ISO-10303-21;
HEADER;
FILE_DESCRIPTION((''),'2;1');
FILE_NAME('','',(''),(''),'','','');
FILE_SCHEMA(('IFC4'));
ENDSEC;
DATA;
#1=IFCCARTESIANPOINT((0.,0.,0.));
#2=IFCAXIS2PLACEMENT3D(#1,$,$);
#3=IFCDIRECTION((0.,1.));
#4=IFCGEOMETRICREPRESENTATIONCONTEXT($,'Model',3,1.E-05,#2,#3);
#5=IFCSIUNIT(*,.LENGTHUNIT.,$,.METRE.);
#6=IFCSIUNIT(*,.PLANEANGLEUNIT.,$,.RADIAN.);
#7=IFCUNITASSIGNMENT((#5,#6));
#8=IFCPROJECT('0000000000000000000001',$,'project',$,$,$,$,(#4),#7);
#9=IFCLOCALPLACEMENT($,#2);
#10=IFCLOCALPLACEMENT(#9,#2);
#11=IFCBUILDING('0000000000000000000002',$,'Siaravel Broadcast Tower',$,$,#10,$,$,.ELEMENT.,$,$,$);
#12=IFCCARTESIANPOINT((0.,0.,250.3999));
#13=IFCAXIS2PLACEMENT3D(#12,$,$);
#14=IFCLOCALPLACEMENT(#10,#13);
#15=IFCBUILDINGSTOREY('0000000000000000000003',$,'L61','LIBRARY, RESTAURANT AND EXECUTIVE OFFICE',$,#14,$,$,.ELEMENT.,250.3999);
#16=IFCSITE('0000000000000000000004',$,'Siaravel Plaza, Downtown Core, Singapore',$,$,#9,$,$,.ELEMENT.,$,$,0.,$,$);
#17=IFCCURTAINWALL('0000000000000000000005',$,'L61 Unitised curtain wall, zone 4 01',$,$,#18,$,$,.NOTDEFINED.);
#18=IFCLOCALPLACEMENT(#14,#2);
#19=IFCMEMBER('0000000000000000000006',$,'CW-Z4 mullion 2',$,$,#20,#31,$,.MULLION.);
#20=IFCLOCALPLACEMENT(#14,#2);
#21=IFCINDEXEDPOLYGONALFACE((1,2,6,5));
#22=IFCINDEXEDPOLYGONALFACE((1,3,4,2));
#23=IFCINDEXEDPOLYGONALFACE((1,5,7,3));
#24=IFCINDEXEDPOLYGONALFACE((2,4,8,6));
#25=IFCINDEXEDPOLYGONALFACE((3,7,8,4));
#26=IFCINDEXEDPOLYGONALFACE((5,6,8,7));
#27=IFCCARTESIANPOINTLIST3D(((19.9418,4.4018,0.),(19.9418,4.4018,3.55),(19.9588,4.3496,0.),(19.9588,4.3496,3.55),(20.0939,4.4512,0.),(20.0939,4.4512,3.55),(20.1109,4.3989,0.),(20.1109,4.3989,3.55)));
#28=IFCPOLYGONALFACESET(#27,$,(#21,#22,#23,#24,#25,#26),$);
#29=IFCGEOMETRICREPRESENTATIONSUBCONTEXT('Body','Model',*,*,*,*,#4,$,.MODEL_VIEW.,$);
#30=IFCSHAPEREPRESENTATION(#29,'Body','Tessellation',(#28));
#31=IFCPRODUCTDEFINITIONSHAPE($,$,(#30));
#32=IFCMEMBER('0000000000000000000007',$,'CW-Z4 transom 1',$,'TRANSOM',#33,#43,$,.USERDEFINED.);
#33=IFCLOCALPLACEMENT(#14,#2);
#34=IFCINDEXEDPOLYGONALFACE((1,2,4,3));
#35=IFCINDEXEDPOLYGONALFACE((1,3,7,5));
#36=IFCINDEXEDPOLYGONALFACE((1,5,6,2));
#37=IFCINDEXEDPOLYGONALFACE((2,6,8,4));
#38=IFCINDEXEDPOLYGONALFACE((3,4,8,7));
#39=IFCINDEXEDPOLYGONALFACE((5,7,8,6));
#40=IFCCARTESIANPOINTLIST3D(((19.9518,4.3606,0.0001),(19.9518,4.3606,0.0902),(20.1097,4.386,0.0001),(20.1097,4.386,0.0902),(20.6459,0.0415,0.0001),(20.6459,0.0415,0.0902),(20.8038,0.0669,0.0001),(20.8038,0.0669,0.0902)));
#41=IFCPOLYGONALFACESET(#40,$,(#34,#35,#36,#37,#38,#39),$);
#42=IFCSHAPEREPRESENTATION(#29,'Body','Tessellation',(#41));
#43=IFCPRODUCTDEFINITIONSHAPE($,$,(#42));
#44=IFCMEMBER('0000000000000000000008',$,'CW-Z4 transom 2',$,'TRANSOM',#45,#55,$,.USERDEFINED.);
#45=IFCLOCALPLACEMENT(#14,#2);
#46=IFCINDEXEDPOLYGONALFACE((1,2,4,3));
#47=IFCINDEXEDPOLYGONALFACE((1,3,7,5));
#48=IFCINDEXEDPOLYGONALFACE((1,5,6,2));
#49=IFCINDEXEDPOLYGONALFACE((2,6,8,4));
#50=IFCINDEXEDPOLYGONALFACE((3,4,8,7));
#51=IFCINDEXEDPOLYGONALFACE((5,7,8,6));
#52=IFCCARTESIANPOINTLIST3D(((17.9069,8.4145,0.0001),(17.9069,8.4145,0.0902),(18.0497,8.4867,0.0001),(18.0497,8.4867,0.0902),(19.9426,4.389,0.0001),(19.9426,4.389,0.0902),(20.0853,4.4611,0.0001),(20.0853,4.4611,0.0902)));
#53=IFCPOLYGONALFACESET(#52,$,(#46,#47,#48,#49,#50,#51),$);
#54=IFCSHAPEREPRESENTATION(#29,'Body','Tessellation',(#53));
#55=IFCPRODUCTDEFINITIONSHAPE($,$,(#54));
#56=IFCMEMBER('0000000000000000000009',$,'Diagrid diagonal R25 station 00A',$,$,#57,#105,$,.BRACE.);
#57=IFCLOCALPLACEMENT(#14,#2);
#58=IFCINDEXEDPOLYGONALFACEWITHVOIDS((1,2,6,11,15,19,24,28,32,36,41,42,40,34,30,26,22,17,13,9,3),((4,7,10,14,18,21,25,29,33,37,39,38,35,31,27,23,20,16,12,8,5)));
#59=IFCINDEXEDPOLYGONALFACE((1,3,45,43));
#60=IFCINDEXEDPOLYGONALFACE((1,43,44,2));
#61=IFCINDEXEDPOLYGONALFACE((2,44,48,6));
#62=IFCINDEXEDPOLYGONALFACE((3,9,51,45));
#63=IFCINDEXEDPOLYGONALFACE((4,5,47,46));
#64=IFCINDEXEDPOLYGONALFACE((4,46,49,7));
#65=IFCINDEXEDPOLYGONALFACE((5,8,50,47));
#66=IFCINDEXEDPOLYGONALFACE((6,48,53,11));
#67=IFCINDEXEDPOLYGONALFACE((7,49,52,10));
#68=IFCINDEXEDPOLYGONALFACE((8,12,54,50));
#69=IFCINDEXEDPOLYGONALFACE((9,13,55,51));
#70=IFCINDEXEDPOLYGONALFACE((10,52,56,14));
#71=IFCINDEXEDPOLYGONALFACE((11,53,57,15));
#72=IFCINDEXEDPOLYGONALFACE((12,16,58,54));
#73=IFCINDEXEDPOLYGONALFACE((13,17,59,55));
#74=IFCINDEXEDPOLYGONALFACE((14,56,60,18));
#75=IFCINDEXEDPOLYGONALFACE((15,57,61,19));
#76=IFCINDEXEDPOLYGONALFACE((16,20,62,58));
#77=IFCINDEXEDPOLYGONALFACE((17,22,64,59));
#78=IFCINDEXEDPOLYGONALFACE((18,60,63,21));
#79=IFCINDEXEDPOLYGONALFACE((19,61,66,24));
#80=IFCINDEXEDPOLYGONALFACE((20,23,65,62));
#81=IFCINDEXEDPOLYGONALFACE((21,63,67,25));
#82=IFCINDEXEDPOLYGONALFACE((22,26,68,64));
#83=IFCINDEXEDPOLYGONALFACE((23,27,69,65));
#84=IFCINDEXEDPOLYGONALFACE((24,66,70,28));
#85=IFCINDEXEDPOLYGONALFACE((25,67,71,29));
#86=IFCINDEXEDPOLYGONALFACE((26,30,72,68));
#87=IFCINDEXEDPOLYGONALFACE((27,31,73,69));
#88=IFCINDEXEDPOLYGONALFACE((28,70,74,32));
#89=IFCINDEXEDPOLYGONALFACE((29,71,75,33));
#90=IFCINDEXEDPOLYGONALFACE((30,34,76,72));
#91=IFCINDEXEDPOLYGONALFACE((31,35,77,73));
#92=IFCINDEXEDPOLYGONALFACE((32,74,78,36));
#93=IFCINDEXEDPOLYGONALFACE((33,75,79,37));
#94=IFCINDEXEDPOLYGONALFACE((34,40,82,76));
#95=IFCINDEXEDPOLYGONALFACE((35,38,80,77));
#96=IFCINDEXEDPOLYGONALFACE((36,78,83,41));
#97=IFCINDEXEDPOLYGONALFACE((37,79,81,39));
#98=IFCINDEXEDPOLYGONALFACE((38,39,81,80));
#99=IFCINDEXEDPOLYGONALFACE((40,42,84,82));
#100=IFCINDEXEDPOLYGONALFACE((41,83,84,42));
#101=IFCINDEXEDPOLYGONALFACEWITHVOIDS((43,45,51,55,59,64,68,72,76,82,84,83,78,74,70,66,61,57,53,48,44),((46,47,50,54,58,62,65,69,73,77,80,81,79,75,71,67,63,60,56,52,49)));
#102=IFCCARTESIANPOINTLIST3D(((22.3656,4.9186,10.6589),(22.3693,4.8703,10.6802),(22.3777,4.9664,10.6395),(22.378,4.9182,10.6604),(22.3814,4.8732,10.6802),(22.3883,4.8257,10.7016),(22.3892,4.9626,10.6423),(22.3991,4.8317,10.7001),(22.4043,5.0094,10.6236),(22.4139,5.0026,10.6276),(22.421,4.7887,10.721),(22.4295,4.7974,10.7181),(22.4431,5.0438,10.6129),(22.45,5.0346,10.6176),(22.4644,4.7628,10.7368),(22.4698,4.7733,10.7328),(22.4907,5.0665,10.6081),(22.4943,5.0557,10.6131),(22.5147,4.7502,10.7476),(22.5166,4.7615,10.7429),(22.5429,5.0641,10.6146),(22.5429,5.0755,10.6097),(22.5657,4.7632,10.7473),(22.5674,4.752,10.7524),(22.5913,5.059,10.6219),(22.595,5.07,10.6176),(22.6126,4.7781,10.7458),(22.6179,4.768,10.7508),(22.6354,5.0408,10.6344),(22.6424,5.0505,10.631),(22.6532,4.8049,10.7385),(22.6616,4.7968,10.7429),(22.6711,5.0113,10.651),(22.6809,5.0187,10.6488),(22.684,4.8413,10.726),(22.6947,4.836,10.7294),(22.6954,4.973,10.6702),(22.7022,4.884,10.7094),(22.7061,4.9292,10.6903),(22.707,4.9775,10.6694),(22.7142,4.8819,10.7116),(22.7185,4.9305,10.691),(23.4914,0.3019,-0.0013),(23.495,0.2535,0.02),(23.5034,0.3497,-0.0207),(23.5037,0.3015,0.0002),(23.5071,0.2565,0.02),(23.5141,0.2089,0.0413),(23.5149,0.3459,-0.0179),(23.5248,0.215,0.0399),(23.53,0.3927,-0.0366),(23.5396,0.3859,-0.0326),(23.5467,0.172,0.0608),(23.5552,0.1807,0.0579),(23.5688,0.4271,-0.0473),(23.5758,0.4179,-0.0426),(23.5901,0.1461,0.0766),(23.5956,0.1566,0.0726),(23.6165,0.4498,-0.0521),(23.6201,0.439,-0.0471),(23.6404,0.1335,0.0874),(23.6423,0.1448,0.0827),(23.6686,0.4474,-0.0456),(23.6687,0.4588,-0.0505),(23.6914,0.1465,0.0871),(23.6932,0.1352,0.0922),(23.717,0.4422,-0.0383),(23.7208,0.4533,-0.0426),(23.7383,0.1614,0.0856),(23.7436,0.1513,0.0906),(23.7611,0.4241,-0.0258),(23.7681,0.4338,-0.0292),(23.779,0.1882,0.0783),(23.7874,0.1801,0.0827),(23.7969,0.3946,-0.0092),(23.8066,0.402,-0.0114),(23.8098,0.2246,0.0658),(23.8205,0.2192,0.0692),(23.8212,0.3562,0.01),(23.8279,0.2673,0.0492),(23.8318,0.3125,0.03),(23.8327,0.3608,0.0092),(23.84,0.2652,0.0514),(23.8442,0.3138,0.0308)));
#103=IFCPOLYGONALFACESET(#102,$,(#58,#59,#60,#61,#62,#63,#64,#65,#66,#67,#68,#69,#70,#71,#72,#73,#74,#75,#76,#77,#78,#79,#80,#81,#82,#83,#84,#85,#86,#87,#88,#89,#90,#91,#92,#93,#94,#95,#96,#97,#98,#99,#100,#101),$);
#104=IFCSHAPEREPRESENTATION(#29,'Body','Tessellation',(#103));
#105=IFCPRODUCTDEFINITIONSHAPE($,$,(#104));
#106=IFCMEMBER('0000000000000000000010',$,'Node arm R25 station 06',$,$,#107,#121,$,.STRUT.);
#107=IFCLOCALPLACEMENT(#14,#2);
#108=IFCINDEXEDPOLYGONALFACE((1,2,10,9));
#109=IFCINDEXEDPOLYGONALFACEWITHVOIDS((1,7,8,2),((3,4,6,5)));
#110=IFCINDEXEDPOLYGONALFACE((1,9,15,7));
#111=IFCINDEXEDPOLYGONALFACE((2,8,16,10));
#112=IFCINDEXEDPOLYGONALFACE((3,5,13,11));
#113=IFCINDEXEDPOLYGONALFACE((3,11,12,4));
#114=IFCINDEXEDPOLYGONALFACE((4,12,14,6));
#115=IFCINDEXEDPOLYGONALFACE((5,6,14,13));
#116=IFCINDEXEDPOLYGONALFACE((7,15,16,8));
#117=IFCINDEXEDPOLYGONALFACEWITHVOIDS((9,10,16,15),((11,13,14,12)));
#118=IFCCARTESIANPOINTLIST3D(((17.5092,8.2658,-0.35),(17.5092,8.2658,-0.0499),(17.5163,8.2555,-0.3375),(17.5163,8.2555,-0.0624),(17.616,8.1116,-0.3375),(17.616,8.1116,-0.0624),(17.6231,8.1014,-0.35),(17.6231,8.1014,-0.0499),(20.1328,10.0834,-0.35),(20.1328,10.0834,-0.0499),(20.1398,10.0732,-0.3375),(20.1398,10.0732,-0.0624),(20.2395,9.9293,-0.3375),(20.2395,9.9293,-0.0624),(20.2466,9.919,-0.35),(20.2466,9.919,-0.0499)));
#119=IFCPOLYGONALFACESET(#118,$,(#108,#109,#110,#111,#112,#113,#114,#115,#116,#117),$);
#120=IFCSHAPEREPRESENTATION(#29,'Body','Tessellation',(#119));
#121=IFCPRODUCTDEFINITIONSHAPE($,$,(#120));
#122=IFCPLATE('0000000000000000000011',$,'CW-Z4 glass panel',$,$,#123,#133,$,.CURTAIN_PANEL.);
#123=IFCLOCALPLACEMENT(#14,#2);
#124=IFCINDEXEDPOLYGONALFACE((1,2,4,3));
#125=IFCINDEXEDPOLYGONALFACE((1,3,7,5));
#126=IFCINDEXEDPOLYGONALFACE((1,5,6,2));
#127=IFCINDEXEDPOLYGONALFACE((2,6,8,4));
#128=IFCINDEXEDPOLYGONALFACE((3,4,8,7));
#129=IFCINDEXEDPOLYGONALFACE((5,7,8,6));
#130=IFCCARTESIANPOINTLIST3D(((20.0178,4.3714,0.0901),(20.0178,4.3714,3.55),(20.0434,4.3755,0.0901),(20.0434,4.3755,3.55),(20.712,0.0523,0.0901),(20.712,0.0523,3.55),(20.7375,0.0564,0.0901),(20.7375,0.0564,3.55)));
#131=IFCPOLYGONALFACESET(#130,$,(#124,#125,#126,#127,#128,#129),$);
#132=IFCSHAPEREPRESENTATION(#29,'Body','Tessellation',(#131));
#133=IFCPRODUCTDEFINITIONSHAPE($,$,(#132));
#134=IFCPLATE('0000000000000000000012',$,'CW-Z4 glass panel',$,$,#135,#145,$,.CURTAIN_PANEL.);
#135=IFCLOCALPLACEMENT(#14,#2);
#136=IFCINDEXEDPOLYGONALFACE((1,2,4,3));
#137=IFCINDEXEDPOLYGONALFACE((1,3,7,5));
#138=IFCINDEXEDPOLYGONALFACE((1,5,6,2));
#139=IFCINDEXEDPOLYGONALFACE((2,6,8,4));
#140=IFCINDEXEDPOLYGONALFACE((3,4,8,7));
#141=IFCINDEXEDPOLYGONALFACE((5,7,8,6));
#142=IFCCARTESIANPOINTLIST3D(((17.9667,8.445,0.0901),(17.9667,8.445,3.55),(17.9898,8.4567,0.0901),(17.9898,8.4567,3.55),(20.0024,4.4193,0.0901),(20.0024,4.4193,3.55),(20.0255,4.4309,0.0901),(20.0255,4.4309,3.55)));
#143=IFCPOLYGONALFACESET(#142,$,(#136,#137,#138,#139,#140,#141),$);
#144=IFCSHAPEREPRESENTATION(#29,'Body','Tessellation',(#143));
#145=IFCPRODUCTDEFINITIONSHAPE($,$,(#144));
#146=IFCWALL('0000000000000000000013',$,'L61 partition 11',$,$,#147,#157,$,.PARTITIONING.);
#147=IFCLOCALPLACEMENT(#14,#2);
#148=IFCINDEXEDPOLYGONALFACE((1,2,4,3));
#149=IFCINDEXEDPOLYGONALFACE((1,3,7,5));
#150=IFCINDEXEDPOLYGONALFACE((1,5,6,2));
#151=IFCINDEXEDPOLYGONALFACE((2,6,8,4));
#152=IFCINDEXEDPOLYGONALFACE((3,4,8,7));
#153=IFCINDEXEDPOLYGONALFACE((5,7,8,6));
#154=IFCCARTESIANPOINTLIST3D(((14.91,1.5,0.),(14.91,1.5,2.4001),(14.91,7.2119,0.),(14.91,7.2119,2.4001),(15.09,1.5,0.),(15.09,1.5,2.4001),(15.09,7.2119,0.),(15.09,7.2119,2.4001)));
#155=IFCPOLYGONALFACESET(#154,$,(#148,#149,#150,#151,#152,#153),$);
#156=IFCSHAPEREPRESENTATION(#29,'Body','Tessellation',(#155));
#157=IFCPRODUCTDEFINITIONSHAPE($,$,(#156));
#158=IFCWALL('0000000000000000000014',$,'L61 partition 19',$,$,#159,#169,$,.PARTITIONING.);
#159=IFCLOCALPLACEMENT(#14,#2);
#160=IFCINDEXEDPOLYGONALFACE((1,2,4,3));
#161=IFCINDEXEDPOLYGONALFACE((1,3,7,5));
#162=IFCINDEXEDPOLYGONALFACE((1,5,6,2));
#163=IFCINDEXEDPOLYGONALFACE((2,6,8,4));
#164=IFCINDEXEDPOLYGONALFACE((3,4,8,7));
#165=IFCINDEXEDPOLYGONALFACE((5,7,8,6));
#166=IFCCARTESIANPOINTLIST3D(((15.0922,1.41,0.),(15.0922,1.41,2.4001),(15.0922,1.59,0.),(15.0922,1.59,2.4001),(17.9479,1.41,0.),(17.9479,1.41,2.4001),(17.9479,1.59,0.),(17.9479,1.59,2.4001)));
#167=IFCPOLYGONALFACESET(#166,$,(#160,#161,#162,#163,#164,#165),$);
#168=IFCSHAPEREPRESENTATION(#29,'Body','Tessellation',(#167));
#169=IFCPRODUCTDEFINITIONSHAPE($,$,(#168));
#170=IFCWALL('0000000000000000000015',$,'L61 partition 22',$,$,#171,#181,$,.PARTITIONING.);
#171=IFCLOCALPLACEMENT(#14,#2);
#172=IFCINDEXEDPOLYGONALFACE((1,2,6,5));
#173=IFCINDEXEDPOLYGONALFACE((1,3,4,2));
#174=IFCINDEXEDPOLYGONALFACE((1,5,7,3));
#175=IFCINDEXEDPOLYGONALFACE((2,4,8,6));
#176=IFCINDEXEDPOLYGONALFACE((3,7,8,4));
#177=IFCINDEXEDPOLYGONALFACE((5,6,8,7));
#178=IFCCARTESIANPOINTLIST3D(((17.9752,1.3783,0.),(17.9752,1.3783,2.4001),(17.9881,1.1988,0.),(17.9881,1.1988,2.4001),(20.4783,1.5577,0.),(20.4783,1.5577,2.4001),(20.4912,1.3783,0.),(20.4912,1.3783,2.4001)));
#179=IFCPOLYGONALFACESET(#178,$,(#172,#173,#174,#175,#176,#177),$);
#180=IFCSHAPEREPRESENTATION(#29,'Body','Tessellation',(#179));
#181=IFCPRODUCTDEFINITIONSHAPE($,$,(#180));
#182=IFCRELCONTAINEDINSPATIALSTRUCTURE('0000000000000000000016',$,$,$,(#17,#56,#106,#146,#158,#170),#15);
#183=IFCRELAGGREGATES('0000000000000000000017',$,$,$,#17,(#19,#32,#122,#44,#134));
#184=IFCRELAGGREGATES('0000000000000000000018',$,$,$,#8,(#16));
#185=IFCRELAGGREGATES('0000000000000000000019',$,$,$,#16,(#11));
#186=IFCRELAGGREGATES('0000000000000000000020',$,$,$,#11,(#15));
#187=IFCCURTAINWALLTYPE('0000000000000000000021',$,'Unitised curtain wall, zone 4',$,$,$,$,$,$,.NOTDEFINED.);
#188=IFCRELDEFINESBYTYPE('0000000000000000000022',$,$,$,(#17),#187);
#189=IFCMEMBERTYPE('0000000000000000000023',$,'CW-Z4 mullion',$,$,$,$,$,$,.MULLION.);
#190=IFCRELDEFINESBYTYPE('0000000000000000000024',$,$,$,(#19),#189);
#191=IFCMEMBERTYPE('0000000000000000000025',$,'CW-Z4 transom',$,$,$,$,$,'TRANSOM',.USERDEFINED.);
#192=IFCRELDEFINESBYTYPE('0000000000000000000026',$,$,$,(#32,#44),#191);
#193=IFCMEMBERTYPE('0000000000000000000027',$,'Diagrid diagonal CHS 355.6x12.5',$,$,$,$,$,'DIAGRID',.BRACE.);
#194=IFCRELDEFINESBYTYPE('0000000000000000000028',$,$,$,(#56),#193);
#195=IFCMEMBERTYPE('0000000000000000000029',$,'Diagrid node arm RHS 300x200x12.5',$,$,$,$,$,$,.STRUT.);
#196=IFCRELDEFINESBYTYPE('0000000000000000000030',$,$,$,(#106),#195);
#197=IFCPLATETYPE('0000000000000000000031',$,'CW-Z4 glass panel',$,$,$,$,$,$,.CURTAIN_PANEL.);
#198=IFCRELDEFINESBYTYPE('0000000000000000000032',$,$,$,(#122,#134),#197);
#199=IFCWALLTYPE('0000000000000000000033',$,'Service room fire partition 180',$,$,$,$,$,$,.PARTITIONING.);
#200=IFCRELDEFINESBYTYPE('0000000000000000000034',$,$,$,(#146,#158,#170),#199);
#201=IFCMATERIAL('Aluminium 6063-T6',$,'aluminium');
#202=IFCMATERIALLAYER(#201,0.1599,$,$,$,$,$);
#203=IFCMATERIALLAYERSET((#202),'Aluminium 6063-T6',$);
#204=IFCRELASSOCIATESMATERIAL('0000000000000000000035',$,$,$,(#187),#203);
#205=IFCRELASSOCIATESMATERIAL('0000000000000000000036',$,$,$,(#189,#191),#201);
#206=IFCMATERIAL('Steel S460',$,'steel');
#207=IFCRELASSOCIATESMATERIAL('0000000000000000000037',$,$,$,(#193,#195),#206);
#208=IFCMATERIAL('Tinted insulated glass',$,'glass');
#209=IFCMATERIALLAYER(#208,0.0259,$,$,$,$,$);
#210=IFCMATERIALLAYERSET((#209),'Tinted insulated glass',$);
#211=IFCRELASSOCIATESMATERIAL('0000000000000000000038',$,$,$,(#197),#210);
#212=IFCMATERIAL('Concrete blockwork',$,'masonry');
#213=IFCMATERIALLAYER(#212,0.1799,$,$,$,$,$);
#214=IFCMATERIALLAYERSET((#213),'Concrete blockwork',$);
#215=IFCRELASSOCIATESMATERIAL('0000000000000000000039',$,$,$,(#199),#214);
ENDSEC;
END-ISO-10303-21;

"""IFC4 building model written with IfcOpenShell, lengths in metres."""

from ifc_helpers import new_model, si_unit, direction, frame, frame_2d, origin, origin_2d, place, context, subcontext, project, spatial, rectangle, hollow_rectangle, hollow_circle, extrude, material, layer, layer_set, material_profile, profile_set, type_object, element, aggregate, save


model = new_model("IFC4")

# Units and contexts
model_context = context("Model", 3, precision=1e-05, world=origin(), true_north=direction((0.0, 1.0)))
body_context = subcontext(model_context, "Body", "Model", "MODEL_VIEW")
ifc_project = project(units=[si_unit("LENGTHUNIT", "METRE"), si_unit("PLANEANGLEUNIT", "RADIAN")], contexts=[model_context])

# Site, building, storey
site_placement = place(None, origin())
site = spatial("IfcSite", under=ifc_project, at=site_placement, Name="Siaravel Plaza, Downtown Core, Singapore", CompositionType="ELEMENT", RefElevation=0.0)
building_placement = place(site_placement, origin())
building = spatial("IfcBuilding", under=site, at=building_placement, Name="Siaravel Broadcast Tower", CompositionType="ELEMENT")
storey_placement = place(building_placement, frame((0.0, 0.0, 250.3999)))
storey = spatial("IfcBuildingStorey", under=building, at=storey_placement, Name="L61", Description="LIBRARY, RESTAURANT AND EXECUTIVE OFFICE", CompositionType="ELEMENT", Elevation=250.3999)

# Curtain wall, members
ifc_material_1 = material(Name="Aluminium 6063-T6", Category="aluminium")
ifc_layer_1 = layer(ifc_material_1, 0.1599)
ifc_layer_set_1 = layer_set([ifc_layer_1], Name="Aluminium 6063-T6")
curtain_wall_type = type_object("IfcCurtainWallType", Name="Unitised curtain wall, zone 4", PredefinedType="NOTDEFINED", material=ifc_layer_set_1)
curtain_wall_placement = place(storey_placement, origin())
curtain_wall = element("IfcCurtainWall", 1, at=curtain_wall_placement, inside=storey, type_object=curtain_wall_type, Name="L61 Unitised curtain wall, zone 4 01", PredefinedType="NOTDEFINED")
ifc_material_profile_1 = material_profile(ifc_material_1, rectangle(XDim=0.1599, YDim=0.0549, at=origin_2d()))
ifc_profile_set_1 = profile_set([ifc_material_profile_1], Name="Aluminium 6063-T6")
member_type_1 = type_object("IfcMemberType", Name="CW-Z4 mullion", PredefinedType="MULLION", material=ifc_profile_set_1)
member_1_placement = place(storey_placement, frame((20.0264, 4.4004, 0.0), z_axis=(0.0, 0.0, 1.0), x_axis=(-0.951178, -0.308644, 0.0)))
member_1 = element("IfcMember", 2, at=member_1_placement, type_object=member_type_1, Name="CW-Z4 mullion 2", PredefinedType="MULLION", context=body_context, shape_type="SweptSolid", body=[
    extrude(rectangle(XDim=0.1599, YDim=0.0549, at=origin_2d()), origin(), (0.0, 0.0, 1.0), 3.55),
])
ifc_material_profile_2 = material_profile(ifc_material_1, rectangle(XDim=0.1599, YDim=0.0901, at=origin_2d()))
ifc_profile_set_2 = profile_set([ifc_material_profile_2], Name="Aluminium 6063-T6")
member_type_2 = type_object("IfcMemberType", Name="CW-Z4 transom", ElementType="TRANSOM", PredefinedType="USERDEFINED", material=ifc_profile_set_2)
member_2_placement = place(storey_placement, frame((20.7249, 0.0542, 0.0452), z_axis=(-0.158667, 0.987332, 0.0), x_axis=(-0.987332, -0.158667, 0.0)))
member_2 = element("IfcMember", 3, at=member_2_placement, type_object=member_type_2, Name="CW-Z4 transom 1", ObjectType="TRANSOM", PredefinedType="USERDEFINED", context=body_context, shape_type="SweptSolid", body=[
    extrude(rectangle(XDim=0.1599, YDim=0.0901, at=origin_2d()), origin(), (0.0, 0.0, 1.0), 4.3745),
])
member_3_placement = place(storey_placement, frame((20.0139, 4.425, 0.0452), z_axis=(-0.451257, 0.892394, 0.0), x_axis=(-0.892394, -0.451257, 0.0)))
member_3 = element("IfcMember", 4, at=member_3_placement, type_object=member_type_2, Name="CW-Z4 transom 2", ObjectType="TRANSOM", PredefinedType="USERDEFINED", context=body_context, shape_type="SweptSolid", body=[
    extrude(rectangle(XDim=0.1599, YDim=0.0901, at=origin_2d()), origin(), (0.0, 0.0, 1.0), 4.511),
])

# Members
ifc_material_2 = material(Name="Steel S460", Category="steel")
ifc_material_profile_3 = material_profile(ifc_material_2, hollow_circle(Radius=0.1777, WallThickness=0.0125, at=origin_2d()))
ifc_profile_set_3 = profile_set([ifc_material_profile_3], Name="Steel S460")
member_type_3 = type_object("IfcMemberType", Name="Diagrid diagonal CHS 355.6x12.5", ElementType="DIAGRID", PredefinedType="BRACE", material=ifc_profile_set_3)
member_4_placement = place(storey_placement, frame((23.6677, 0.2957, 0.02), z_axis=(-0.096453, 0.395559, 0.913362), x_axis=(-0.971534, -0.236898, 0.0)))
element("IfcMember", 5, at=member_4_placement, inside=storey, type_object=member_type_3, Name="Diagrid diagonal R25 station 00A", PredefinedType="BRACE", context=body_context, shape_type="SweptSolid", body=[
    extrude(hollow_circle(Radius=0.1777, WallThickness=0.0125, at=origin_2d()), origin(), (0.0, 0.0, 1.0), 11.6714),
])
ifc_material_profile_4 = material_profile(ifc_material_2, hollow_rectangle(XDim=0.2, YDim=0.3, WallThickness=0.0125, at=origin_2d()))
ifc_profile_set_4 = profile_set([ifc_material_profile_4], Name="Steel S460")
member_type_4 = type_object("IfcMemberType", Name="Diagrid node arm RHS 300x200x12.5", PredefinedType="STRUT", material=ifc_profile_set_4)
member_5_placement = place(storey_placement, frame((17.5662, 8.1836, -0.2), z_axis=(0.821997, 0.569492, 0.0), x_axis=(-0.569492, 0.821997, 0.0)))
element("IfcMember", 6, at=member_5_placement, inside=storey, type_object=member_type_4, Name="Node arm R25 station 06", PredefinedType="STRUT", context=body_context, shape_type="SweptSolid", body=[
    extrude(hollow_rectangle(XDim=0.2, YDim=0.3, WallThickness=0.0125, at=origin_2d()), origin(), (0.0, 0.0, 1.0), 3.1917),
])

# Plates
ifc_material_3 = material(Name="Tinted insulated glass", Category="glass")
ifc_layer_2 = layer(ifc_material_3, 0.0259)
ifc_layer_set_2 = layer_set([ifc_layer_2], Name="Tinted insulated glass")
plate_type = type_object("IfcPlateType", Name="CW-Z4 glass panel", PredefinedType="CURTAIN_PANEL", material=ifc_layer_set_2)
plate_1_placement = place(storey_placement, frame((20.3777, 2.2139, 0.0901), z_axis=(0.0, 0.0, 1.0), x_axis=(-0.158685, 0.987329, 0.0)))
plate_1 = element("IfcPlate", 7, at=plate_1_placement, type_object=plate_type, Name="CW-Z4 glass panel", PredefinedType="CURTAIN_PANEL", context=body_context, shape_type="SweptSolid", body=[
    extrude(rectangle(XDim=4.3745, YDim=0.0259, at=origin_2d()), origin(), (0.0, 0.0, 1.0), 3.46),
])
plate_2_placement = place(storey_placement, frame((18.9961, 6.438, 0.0901), z_axis=(0.0, 0.0, 1.0), x_axis=(-0.451259, 0.892393, 0.0)))
plate_2 = element("IfcPlate", 8, at=plate_2_placement, type_object=plate_type, Name="CW-Z4 glass panel", PredefinedType="CURTAIN_PANEL", context=body_context, shape_type="SweptSolid", body=[
    extrude(rectangle(XDim=4.5112, YDim=0.0259, at=origin_2d()), origin(), (0.0, 0.0, 1.0), 3.46),
])
aggregate(curtain_wall, [member_1, member_2, plate_1, member_3, plate_2])

# Walls
ifc_material_4 = material(Name="Concrete blockwork", Category="masonry")
ifc_layer_3 = layer(ifc_material_4, 0.1799)
ifc_layer_set_3 = layer_set([ifc_layer_3], Name="Concrete blockwork")
wall_type = type_object("IfcWallType", Name="Service room fire partition 180", PredefinedType="PARTITIONING", material=ifc_layer_set_3)
wall_1_placement = place(storey_placement, frame((15.0, 1.5, 0.0), z_axis=(0.0, 0.0, 1.0), x_axis=(0.0, 1.0, 0.0)))
element("IfcWall", 9, at=wall_1_placement, inside=storey, type_object=wall_type, Name="L61 partition 11", PredefinedType="PARTITIONING", context=body_context, shape_type="SweptSolid", body=[
    extrude(rectangle(XDim=5.7119, YDim=0.1799, at=frame_2d((2.856, 0.0))), origin(), (0.0, 0.0, 1.0), 2.4001),
])
wall_2_placement = place(storey_placement, frame((17.9478, 1.5, 0.0), z_axis=(0.0, 0.0, 1.0), x_axis=(-1.0, 0.0, 0.0)))
element("IfcWall", 10, at=wall_2_placement, inside=storey, type_object=wall_type, Name="L61 partition 19", PredefinedType="PARTITIONING", context=body_context, shape_type="SweptSolid", body=[
    extrude(rectangle(XDim=2.8557, YDim=0.1799, at=frame_2d((1.4277, 0.0))), origin(), (0.0, 0.0, 1.0), 2.4001),
])
wall_3_placement = place(storey_placement, frame((20.4849, 1.468, 0.0), z_axis=(0.0, 0.0, 1.0), x_axis=(-0.99744, -0.071503, 0.0)))
element("IfcWall", 11, at=wall_3_placement, inside=storey, type_object=wall_type, Name="L61 partition 22", PredefinedType="PARTITIONING", context=body_context, shape_type="SweptSolid", body=[
    extrude(rectangle(XDim=2.5095, YDim=0.1799, at=frame_2d((1.2549, 0.0))), origin(), (0.0, 0.0, 1.0), 2.4001),
])

save(model, "model.ifc")
